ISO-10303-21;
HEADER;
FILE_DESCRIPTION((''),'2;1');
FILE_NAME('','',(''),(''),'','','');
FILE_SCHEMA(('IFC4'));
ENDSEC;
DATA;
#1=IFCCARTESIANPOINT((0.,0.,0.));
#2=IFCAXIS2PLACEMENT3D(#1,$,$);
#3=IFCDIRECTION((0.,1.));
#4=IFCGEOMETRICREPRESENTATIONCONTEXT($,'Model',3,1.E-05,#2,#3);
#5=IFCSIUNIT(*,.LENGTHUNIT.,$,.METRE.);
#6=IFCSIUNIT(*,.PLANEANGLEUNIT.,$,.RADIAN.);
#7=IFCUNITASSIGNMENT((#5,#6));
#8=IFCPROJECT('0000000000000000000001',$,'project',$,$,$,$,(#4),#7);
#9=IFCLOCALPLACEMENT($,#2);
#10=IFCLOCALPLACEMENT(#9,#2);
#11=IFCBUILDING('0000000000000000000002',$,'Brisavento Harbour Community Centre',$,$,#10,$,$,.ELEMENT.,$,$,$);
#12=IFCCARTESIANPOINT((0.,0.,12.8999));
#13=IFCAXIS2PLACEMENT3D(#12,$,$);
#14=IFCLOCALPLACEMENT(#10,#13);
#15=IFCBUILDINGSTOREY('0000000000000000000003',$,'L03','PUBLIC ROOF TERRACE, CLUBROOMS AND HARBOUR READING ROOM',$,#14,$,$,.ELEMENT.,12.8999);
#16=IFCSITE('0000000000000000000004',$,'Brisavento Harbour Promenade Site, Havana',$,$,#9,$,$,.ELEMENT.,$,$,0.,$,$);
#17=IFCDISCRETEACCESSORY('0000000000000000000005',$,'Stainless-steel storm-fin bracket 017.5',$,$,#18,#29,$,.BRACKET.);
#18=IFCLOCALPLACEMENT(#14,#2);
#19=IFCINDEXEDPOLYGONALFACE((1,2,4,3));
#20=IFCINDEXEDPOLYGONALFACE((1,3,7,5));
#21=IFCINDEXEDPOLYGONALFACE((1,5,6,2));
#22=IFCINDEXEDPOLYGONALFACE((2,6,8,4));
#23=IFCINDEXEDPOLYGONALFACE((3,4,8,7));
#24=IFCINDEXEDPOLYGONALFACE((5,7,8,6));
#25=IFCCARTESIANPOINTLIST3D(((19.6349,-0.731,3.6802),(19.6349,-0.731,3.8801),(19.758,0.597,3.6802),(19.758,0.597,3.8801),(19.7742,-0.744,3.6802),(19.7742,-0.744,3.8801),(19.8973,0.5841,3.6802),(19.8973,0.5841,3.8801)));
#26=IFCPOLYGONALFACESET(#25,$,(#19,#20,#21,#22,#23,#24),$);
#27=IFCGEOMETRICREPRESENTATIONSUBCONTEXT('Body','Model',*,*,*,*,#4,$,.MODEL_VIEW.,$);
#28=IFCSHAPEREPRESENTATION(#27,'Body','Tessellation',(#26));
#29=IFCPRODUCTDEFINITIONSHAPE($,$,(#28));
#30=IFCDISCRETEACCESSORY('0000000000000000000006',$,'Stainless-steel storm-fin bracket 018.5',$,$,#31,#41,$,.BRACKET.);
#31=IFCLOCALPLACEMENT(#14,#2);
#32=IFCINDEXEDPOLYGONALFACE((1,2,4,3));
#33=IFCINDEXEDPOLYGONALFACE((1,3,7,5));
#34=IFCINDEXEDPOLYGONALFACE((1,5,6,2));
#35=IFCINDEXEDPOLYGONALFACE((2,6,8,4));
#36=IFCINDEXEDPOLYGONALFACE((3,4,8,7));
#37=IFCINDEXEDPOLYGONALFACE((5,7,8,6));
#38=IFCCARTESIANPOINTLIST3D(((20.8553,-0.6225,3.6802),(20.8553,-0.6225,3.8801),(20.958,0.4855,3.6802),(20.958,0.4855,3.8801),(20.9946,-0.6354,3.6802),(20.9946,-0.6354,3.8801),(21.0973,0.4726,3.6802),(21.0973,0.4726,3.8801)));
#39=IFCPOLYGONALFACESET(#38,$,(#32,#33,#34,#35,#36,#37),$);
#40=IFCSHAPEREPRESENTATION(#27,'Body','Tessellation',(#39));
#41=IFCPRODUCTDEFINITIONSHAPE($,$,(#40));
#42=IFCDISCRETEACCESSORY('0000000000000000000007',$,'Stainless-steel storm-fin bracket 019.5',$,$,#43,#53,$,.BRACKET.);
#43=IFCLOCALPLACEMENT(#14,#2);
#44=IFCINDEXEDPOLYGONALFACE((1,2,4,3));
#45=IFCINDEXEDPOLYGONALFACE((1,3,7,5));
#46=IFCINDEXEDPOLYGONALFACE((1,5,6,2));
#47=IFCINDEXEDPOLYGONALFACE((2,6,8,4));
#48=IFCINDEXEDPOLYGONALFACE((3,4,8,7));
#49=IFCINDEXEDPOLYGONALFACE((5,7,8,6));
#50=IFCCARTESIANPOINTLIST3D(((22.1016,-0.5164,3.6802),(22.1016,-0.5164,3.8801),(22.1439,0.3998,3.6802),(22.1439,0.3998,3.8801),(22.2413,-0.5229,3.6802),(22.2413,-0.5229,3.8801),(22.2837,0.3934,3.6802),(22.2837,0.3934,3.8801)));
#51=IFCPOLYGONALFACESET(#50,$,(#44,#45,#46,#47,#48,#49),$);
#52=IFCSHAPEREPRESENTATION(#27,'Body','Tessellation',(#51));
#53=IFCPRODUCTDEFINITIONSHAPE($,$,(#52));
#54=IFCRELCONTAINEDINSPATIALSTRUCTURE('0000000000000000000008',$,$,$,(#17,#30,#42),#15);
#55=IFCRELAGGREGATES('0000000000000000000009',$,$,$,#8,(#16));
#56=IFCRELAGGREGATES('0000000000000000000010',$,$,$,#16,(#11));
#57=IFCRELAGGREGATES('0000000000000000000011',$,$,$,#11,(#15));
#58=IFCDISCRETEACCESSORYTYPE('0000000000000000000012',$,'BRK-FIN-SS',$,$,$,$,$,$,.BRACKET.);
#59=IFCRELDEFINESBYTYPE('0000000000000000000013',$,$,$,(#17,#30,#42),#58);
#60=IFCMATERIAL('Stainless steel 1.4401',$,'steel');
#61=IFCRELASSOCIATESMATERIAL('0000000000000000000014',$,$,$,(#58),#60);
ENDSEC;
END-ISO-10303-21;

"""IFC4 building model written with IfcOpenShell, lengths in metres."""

from ifc_helpers import new_model, si_unit, direction, frame, origin, origin_2d, place, context, subcontext, project, spatial, rectangle, extrude, material, type_object, element, save


model = new_model("IFC4")

# Units and contexts
model_context = context("Model", 3, precision=1e-05, world=origin(), true_north=direction((0.0, 1.0)))
body_context = subcontext(model_context, "Body", "Model", "MODEL_VIEW")
ifc_project = project(units=[si_unit("LENGTHUNIT", "METRE"), si_unit("PLANEANGLEUNIT", "RADIAN")], contexts=[model_context])

# Site, building, storey
site_placement = place(None, origin())
site = spatial("IfcSite", under=ifc_project, at=site_placement, Name="Brisavento Harbour Promenade Site, Havana", CompositionType="ELEMENT", RefElevation=0.0)
building_placement = place(site_placement, origin())
building = spatial("IfcBuilding", under=site, at=building_placement, Name="Brisavento Harbour Community Centre", CompositionType="ELEMENT")
storey_placement = place(building_placement, frame((0.0, 0.0, 12.8999)))
storey = spatial("IfcBuildingStorey", under=building, at=storey_placement, Name="L03", Description="PUBLIC ROOF TERRACE, CLUBROOMS AND HARBOUR READING ROOM", CompositionType="ELEMENT", Elevation=12.8999)

# Discrete accessories
ifc_material_1 = material(Name="Stainless steel 1.4401", Category="steel")
discrete_accessory_type = type_object("IfcDiscreteAccessoryType", Name="BRK-FIN-SS", PredefinedType="BRACKET", material=ifc_material_1)
discrete_accessory_1_placement = place(storey_placement, frame((19.7661, -0.0735, 3.6802), z_axis=(0.0, 0.0, 1.0), x_axis=(-0.092336, -0.995728, 0.0)))
element("IfcDiscreteAccessory", 1, at=discrete_accessory_1_placement, inside=storey, type_object=discrete_accessory_type, Name="Stainless-steel storm-fin bracket 017.5", PredefinedType="BRACKET", context=body_context, shape_type="SweptSolid", body=[
    extrude(rectangle(XDim=1.3337, YDim=0.1399, at=origin_2d()), origin(), (0.0, 0.0, 1.0), 0.2),
])
discrete_accessory_2_placement = place(storey_placement, frame((20.9763, -0.075, 3.6802), z_axis=(0.0, 0.0, 1.0), x_axis=(-0.092336, -0.995728, 0.0)))
element("IfcDiscreteAccessory", 2, at=discrete_accessory_2_placement, inside=storey, type_object=discrete_accessory_type, Name="Stainless-steel storm-fin bracket 018.5", PredefinedType="BRACKET", context=body_context, shape_type="SweptSolid", body=[
    extrude(rectangle(XDim=1.1128, YDim=0.1399, at=origin_2d()), origin(), (0.0, 0.0, 1.0), 0.2),
])
discrete_accessory_3_placement = place(storey_placement, frame((22.1926, -0.0615, 3.6802), z_axis=(0.0, 0.0, 1.0), x_axis=(-0.046165, -0.998934, 0.0)))
element("IfcDiscreteAccessory", 3, at=discrete_accessory_3_placement, inside=storey, type_object=discrete_accessory_type, Name="Stainless-steel storm-fin bracket 019.5", PredefinedType="BRACKET", context=body_context, shape_type="SweptSolid", body=[
    extrude(rectangle(XDim=0.9172, YDim=0.1399, at=origin_2d()), origin(), (0.0, 0.0, 1.0), 0.2),
])

save(model, "model.ifc")
